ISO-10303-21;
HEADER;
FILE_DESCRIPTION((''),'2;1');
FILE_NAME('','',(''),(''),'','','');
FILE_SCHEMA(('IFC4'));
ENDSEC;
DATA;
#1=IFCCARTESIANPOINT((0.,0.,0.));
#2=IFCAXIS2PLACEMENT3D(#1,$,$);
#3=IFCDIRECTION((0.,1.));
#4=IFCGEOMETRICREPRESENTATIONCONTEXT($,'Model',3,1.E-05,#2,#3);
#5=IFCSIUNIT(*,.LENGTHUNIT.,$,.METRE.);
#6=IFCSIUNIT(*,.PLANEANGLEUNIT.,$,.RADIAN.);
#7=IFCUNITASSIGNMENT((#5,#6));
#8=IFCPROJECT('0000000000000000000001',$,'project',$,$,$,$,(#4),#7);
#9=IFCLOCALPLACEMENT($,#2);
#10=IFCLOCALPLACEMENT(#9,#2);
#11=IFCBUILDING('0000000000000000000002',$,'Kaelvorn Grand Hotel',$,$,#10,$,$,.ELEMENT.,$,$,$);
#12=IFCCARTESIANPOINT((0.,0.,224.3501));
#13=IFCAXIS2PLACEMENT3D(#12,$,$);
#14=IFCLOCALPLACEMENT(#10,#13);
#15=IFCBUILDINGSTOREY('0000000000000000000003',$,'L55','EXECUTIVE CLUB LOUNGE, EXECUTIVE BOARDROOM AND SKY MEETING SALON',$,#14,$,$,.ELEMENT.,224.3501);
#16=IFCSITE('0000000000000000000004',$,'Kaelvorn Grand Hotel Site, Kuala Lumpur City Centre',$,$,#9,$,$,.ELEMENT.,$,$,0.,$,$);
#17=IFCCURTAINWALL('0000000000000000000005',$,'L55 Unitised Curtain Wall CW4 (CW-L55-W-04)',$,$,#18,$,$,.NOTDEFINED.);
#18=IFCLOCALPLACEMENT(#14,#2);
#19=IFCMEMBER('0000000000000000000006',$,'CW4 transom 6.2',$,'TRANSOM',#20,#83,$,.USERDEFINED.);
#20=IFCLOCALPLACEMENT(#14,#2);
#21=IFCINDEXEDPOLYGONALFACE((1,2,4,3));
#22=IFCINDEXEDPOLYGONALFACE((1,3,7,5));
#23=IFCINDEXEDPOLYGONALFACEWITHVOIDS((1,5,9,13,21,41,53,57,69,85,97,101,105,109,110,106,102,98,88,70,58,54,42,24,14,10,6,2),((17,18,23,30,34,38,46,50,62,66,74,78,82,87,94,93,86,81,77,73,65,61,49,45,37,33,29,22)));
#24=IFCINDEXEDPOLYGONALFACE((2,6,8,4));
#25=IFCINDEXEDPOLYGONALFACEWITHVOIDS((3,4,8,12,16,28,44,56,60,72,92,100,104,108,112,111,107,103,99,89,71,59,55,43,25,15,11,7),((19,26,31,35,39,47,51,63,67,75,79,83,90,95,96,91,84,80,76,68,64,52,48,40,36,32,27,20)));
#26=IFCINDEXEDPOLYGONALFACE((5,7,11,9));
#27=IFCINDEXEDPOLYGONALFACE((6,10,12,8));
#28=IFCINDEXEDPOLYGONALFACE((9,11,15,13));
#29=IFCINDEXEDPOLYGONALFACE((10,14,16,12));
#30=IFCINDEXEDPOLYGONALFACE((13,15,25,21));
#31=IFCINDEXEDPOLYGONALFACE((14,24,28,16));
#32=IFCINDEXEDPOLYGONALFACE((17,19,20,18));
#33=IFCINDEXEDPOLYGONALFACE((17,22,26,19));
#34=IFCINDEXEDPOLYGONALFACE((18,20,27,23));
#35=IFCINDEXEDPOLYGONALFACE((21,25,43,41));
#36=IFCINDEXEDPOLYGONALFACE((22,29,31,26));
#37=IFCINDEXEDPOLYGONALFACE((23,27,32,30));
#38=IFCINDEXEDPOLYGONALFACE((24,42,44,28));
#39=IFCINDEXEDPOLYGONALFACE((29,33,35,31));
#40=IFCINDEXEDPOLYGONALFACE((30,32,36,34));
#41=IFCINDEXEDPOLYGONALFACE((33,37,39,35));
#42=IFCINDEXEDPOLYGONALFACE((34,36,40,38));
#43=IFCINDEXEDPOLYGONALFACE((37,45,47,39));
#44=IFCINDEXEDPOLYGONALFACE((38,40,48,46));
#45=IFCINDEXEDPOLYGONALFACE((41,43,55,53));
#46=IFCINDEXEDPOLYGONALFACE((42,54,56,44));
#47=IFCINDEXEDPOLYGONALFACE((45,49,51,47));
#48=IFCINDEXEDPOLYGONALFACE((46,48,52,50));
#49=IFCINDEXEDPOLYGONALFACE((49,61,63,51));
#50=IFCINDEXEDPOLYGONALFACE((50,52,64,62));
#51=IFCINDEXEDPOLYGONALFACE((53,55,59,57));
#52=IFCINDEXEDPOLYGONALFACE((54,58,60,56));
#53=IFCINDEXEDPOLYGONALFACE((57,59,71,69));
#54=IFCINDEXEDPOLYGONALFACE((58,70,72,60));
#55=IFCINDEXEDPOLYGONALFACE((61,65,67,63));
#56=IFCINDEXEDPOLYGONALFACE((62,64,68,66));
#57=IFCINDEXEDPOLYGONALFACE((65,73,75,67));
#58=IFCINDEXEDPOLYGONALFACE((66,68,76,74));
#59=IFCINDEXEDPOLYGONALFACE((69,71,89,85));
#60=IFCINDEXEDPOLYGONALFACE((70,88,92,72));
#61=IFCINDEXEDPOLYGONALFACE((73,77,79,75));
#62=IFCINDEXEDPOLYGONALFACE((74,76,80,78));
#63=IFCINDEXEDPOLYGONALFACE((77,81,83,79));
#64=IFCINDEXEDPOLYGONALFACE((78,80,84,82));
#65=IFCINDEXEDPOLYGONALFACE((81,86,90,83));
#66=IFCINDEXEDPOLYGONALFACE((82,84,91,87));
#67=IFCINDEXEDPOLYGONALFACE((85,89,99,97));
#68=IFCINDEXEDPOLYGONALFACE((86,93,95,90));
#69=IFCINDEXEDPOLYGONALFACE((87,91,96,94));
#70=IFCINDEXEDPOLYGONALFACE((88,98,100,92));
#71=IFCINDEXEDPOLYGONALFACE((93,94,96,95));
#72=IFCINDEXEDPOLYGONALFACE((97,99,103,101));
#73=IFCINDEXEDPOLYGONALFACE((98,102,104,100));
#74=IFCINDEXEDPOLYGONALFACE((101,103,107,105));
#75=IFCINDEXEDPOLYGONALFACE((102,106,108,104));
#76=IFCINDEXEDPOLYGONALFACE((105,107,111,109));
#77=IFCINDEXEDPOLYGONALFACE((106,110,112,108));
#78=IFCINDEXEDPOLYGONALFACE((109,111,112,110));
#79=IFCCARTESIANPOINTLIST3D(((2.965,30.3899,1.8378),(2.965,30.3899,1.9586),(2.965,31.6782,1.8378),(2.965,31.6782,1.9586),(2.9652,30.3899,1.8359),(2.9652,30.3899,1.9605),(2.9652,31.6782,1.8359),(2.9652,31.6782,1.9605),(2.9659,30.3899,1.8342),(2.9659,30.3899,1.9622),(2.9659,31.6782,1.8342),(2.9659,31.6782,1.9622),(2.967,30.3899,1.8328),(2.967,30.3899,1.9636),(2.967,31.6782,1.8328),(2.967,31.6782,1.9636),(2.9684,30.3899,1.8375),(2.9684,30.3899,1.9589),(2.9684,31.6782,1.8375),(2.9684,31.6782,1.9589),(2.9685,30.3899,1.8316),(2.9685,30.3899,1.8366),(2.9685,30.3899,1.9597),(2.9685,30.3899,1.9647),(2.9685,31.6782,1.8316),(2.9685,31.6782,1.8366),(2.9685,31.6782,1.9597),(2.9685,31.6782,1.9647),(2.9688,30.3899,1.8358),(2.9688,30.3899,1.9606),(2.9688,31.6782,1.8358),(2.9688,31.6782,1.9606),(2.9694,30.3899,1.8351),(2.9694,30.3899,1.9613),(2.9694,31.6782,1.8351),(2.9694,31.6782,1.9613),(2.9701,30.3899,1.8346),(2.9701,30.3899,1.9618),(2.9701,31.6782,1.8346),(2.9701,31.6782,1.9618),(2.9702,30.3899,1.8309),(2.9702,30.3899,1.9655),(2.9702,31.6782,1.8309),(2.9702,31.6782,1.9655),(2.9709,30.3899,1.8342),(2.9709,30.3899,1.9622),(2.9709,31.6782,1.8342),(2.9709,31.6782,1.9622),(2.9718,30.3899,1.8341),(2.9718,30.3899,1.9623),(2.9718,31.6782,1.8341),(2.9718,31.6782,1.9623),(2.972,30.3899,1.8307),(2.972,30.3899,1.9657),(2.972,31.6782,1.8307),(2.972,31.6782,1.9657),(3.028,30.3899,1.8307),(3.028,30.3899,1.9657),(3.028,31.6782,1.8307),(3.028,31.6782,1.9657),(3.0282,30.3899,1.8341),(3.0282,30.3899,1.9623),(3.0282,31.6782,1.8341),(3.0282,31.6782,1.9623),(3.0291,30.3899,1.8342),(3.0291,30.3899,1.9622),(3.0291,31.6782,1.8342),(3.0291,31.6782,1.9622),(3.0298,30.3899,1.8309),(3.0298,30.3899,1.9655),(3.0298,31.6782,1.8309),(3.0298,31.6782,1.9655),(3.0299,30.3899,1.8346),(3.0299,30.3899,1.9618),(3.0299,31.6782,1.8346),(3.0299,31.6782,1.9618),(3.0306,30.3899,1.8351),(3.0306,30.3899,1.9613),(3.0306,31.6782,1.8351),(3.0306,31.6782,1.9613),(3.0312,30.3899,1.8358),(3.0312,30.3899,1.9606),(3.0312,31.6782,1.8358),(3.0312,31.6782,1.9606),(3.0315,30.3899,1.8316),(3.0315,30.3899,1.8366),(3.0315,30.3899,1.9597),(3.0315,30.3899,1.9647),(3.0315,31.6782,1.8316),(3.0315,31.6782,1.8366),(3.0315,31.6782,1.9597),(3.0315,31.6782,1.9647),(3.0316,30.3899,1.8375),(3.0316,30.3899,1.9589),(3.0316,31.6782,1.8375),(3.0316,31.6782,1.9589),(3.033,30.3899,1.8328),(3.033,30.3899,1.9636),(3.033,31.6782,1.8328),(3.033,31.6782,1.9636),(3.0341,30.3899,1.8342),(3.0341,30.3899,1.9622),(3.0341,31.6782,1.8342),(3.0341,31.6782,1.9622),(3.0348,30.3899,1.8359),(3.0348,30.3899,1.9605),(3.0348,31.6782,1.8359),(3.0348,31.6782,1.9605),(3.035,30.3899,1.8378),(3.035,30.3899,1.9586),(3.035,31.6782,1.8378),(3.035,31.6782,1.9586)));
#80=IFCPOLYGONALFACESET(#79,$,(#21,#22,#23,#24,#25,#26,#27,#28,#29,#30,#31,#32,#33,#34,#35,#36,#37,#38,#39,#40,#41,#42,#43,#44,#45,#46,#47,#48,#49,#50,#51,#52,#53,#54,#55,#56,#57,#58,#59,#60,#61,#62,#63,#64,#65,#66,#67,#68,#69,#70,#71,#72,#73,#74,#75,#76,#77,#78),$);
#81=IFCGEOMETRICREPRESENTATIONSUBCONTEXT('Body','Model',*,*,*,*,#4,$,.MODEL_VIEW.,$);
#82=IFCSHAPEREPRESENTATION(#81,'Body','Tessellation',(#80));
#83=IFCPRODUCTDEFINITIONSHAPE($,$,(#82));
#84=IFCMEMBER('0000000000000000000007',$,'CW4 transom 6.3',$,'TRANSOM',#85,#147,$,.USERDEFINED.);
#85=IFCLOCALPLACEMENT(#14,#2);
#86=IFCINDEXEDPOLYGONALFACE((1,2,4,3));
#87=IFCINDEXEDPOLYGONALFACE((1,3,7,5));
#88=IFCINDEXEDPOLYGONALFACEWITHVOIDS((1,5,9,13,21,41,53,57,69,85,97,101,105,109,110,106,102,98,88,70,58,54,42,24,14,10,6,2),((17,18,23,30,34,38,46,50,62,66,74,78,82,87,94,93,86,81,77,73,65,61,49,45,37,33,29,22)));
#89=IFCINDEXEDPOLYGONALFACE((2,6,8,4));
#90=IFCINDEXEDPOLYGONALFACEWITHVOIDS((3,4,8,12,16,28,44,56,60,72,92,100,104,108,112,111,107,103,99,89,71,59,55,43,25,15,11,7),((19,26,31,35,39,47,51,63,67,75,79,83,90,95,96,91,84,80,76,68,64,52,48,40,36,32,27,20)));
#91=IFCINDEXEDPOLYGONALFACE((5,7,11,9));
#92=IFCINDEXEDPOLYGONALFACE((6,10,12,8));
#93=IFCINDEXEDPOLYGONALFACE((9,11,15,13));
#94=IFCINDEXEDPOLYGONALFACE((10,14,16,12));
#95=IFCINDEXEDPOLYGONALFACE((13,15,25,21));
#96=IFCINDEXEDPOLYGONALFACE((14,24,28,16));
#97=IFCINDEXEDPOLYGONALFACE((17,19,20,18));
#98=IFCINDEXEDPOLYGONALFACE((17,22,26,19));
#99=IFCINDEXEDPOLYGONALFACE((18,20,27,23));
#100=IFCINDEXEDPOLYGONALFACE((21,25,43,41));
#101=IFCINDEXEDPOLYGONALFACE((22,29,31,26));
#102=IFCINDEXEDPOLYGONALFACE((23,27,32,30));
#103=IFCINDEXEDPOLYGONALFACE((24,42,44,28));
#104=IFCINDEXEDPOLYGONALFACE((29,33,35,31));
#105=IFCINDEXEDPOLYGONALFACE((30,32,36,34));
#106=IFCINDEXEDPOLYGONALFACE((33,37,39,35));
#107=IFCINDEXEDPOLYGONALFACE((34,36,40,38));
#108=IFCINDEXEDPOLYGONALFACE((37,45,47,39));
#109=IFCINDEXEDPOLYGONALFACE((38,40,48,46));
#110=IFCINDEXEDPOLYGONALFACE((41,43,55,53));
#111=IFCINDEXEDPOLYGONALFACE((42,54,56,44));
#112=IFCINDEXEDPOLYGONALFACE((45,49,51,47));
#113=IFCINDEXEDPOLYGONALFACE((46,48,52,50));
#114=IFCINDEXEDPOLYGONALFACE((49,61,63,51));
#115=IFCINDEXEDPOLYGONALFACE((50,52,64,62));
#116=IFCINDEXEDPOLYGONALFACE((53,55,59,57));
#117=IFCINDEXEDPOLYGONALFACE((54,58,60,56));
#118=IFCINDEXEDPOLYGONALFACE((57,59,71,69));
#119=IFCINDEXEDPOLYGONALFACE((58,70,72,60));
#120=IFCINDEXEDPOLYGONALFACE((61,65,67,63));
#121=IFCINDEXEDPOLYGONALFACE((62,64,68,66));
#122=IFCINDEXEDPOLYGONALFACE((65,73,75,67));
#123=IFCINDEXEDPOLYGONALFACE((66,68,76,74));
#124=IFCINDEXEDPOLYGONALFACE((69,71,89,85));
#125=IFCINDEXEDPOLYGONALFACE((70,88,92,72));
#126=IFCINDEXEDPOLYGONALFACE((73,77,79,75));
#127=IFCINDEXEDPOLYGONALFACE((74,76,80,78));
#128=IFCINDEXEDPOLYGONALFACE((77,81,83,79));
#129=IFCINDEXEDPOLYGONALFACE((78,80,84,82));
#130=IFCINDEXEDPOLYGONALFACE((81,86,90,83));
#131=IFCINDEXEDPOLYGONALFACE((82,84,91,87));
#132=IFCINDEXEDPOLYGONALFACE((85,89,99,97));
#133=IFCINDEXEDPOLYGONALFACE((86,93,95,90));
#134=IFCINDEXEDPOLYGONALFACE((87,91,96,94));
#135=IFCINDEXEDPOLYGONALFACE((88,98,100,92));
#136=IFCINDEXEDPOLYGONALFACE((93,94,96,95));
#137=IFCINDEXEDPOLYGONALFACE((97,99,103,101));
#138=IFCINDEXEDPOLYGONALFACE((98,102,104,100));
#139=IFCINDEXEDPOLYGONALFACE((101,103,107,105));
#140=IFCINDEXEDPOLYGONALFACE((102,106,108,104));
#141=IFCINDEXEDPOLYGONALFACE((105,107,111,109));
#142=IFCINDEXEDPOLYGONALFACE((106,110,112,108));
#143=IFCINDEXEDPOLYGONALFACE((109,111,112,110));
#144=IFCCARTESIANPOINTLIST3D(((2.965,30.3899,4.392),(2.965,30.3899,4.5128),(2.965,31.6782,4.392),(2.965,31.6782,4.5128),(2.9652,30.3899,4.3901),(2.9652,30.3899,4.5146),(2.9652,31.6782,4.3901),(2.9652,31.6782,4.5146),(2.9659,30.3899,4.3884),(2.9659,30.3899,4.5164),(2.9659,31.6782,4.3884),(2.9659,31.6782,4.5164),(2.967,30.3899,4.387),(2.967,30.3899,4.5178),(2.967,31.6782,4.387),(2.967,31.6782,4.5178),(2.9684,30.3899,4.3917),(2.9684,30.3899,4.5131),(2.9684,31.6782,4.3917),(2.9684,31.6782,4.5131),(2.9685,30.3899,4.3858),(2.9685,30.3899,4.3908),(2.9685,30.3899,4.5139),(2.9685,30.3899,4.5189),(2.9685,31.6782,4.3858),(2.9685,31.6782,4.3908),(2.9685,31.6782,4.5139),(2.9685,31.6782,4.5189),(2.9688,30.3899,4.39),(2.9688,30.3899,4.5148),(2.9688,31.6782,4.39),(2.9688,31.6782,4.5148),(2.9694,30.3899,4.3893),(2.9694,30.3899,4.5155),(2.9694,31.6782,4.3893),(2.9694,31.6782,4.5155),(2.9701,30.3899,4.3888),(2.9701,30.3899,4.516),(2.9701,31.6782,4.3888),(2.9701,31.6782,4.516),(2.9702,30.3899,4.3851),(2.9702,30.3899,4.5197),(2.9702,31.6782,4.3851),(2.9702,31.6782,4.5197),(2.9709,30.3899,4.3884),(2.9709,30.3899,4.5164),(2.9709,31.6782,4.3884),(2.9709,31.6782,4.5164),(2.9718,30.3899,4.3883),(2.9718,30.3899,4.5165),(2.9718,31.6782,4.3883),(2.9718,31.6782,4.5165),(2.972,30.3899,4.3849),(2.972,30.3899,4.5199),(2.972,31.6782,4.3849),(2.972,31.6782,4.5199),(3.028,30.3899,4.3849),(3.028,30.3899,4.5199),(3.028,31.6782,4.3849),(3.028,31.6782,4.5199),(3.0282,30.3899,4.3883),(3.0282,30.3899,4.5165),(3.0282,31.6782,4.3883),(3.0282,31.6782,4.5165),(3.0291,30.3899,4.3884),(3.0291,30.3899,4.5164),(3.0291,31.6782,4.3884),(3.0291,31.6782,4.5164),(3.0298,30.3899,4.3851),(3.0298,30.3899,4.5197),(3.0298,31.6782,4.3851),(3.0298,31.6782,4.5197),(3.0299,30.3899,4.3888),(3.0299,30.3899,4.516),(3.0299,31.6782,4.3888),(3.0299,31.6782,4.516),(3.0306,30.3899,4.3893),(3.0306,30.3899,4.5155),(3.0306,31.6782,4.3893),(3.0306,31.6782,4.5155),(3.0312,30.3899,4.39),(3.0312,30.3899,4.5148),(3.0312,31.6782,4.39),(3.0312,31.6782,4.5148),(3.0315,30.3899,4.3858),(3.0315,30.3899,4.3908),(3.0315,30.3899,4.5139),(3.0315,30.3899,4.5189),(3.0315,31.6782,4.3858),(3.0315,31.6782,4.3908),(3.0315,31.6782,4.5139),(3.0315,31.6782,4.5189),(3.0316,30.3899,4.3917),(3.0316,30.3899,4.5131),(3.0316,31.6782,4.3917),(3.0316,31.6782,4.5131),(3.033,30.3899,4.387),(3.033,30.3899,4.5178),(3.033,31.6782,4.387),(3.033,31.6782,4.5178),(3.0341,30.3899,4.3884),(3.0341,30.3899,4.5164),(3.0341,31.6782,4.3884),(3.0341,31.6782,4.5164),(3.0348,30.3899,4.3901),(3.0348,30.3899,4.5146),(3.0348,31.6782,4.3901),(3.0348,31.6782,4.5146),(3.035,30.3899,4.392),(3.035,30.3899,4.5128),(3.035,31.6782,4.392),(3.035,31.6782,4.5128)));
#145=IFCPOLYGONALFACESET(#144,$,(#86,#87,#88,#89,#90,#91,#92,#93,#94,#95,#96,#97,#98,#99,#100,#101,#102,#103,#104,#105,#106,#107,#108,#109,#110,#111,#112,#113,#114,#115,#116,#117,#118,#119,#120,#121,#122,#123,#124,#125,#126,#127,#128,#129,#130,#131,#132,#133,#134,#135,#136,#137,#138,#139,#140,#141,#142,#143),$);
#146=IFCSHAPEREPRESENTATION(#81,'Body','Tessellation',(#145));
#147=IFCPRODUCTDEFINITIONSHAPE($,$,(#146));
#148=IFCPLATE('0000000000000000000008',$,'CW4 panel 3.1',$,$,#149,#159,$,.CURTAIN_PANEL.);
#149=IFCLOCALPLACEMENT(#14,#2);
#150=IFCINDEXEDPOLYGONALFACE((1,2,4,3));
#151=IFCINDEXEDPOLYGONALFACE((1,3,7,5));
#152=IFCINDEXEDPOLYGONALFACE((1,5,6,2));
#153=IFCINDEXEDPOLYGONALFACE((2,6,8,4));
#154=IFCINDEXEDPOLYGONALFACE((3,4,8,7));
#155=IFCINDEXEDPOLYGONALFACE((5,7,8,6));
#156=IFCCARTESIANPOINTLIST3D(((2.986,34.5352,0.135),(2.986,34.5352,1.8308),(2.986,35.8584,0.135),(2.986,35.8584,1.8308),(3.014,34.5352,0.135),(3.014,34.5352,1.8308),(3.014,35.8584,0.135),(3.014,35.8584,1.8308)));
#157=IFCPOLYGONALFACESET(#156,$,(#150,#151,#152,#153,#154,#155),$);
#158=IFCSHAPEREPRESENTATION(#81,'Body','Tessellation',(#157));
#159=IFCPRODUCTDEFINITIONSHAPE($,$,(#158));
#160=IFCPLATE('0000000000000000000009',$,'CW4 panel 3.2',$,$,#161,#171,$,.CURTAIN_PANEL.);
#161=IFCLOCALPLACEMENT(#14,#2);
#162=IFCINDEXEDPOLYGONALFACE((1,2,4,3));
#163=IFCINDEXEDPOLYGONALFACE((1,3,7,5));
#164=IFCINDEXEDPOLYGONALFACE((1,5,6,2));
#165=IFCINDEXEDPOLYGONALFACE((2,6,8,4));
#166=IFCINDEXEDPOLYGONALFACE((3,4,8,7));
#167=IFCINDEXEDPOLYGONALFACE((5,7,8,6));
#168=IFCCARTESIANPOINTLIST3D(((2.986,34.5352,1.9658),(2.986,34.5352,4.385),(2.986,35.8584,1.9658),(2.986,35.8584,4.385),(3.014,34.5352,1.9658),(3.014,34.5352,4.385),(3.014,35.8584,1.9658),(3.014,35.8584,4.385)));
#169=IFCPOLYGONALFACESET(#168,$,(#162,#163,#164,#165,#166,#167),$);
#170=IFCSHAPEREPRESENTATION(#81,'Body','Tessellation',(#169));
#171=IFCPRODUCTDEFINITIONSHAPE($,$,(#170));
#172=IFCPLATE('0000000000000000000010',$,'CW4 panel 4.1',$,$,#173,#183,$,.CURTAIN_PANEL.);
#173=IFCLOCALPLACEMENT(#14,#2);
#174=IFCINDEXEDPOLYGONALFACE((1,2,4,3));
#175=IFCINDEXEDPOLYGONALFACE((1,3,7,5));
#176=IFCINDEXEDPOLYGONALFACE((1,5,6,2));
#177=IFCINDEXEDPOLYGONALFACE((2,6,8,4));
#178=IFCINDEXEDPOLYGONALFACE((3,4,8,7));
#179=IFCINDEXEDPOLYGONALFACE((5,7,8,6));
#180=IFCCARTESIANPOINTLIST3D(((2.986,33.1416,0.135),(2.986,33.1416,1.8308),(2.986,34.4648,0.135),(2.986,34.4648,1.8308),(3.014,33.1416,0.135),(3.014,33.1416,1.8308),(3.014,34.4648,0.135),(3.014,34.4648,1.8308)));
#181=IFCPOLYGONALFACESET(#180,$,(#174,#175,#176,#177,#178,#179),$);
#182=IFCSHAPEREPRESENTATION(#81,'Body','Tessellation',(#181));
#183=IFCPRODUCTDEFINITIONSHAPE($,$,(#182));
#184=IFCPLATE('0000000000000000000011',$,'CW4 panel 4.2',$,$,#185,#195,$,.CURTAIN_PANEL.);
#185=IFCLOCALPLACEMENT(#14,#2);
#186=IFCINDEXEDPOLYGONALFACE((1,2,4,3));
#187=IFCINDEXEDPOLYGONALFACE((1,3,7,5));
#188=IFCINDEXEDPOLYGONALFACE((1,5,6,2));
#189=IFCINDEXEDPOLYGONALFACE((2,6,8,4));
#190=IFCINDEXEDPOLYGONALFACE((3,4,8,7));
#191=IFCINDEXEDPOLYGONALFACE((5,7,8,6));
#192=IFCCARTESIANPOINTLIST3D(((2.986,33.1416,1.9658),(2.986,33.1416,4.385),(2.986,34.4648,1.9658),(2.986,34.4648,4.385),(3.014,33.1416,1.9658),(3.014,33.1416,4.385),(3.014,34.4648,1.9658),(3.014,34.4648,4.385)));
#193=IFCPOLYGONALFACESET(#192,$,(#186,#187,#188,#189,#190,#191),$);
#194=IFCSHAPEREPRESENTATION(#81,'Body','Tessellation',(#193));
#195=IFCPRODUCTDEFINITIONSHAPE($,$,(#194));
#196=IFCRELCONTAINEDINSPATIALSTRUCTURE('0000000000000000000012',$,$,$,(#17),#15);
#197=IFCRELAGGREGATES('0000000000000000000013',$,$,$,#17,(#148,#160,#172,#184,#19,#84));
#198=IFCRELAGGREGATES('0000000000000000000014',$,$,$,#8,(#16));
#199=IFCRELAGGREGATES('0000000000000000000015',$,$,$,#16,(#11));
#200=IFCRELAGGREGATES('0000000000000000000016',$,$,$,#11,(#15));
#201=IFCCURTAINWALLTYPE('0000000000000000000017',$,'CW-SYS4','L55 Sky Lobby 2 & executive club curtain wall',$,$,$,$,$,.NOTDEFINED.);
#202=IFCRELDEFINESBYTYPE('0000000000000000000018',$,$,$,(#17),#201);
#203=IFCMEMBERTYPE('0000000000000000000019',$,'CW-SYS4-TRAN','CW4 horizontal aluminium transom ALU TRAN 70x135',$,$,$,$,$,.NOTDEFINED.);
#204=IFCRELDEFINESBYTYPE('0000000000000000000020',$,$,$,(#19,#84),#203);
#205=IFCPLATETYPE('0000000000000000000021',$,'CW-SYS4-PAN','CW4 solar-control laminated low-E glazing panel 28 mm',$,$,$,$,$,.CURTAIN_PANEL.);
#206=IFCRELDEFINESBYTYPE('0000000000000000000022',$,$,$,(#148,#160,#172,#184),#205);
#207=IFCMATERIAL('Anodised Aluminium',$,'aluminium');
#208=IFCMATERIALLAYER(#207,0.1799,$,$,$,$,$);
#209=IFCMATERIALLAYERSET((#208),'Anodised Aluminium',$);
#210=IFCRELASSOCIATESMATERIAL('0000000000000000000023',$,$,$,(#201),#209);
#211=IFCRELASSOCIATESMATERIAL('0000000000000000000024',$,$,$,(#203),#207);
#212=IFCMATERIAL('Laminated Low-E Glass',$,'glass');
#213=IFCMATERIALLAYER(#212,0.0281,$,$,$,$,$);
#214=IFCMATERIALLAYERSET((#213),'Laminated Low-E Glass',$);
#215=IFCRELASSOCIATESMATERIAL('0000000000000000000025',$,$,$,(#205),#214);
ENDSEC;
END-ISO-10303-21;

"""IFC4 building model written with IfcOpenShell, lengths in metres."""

from ifc_helpers import new_model, si_unit, direction, frame, origin, origin_2d, place, context, subcontext, project, spatial, rectangle, hollow_rectangle, extrude, material, layer, layer_set, material_profile, profile_set, type_object, element, aggregate, save


model = new_model("IFC4")

# Units and contexts
model_context = context("Model", 3, precision=1e-05, world=origin(), true_north=direction((0.0, 1.0)))
body_context = subcontext(model_context, "Body", "Model", "MODEL_VIEW")
ifc_project = project(units=[si_unit("LENGTHUNIT", "METRE"), si_unit("PLANEANGLEUNIT", "RADIAN")], contexts=[model_context])

# Site, building, storey
site_placement = place(None, origin())
site = spatial("IfcSite", under=ifc_project, at=site_placement, Name="Kaelvorn Grand Hotel Site, Kuala Lumpur City Centre", CompositionType="ELEMENT", RefElevation=0.0)
building_placement = place(site_placement, origin())
building = spatial("IfcBuilding", under=site, at=building_placement, Name="Kaelvorn Grand Hotel", CompositionType="ELEMENT")
storey_placement = place(building_placement, frame((0.0, 0.0, 224.3501)))
storey = spatial("IfcBuildingStorey", under=building, at=storey_placement, Name="L55", Description="EXECUTIVE CLUB LOUNGE, EXECUTIVE BOARDROOM AND SKY MEETING SALON", CompositionType="ELEMENT", Elevation=224.3501)

# Curtain wall, members, plates
ifc_material_1 = material(Name="Anodised Aluminium", Category="aluminium")
ifc_layer_1 = layer(ifc_material_1, 0.1799)
ifc_layer_set_1 = layer_set([ifc_layer_1], Name="Anodised Aluminium")
curtain_wall_type = type_object("IfcCurtainWallType", Name="CW-SYS4", Description="L55 Sky Lobby 2 & executive club curtain wall", PredefinedType="NOTDEFINED", material=ifc_layer_set_1)
curtain_wall_placement = place(storey_placement, origin())
curtain_wall = element("IfcCurtainWall", 1, at=curtain_wall_placement, inside=storey, type_object=curtain_wall_type, Name="L55 Unitised Curtain Wall CW4 (CW-L55-W-04)", PredefinedType="NOTDEFINED")
ifc_material_profile_1 = material_profile(ifc_material_1, hollow_rectangle(XDim=0.0701, YDim=0.135, WallThickness=0.0034, InnerFilletRadius=0.0034, OuterFilletRadius=0.0071, at=origin_2d()), Name="ALU TRAN 70x135")
ifc_profile_set_1 = profile_set([ifc_material_profile_1], Name="Anodised Aluminium")
member_type_1 = type_object("IfcMemberType", Name="CW-SYS4-TRAN", Description="CW4 horizontal aluminium transom ALU TRAN 70x135", PredefinedType="NOTDEFINED", material=ifc_profile_set_1)
member_1_placement = place(storey_placement, frame((3.0, 31.6782, 1.8982), z_axis=(0.0, -1.0, 0.0), x_axis=(1.0, 0.0, 0.0)))
member_1 = element("IfcMember", 2, at=member_1_placement, type_object=member_type_1, Name="CW4 transom 6.2", ObjectType="TRANSOM", PredefinedType="USERDEFINED", context=body_context, shape_type="SweptSolid", body=[
    extrude(hollow_rectangle(XDim=0.0701, YDim=0.135, WallThickness=0.0034, InnerFilletRadius=0.0034, OuterFilletRadius=0.0071, at=origin_2d()), origin(), (0.0, 0.0, 1.0), 1.2883),
])
member_2_placement = place(storey_placement, frame((3.0, 31.6782, 4.4524), z_axis=(0.0, -1.0, 0.0), x_axis=(1.0, 0.0, 0.0)))
member_2 = element("IfcMember", 3, at=member_2_placement, type_object=member_type_1, Name="CW4 transom 6.3", ObjectType="TRANSOM", PredefinedType="USERDEFINED", context=body_context, shape_type="SweptSolid", body=[
    extrude(hollow_rectangle(XDim=0.0701, YDim=0.135, WallThickness=0.0034, InnerFilletRadius=0.0034, OuterFilletRadius=0.0071, at=origin_2d()), origin(), (0.0, 0.0, 1.0), 1.2883),
])
ifc_material_2 = material(Name="Laminated Low-E Glass", Category="glass")
ifc_layer_2 = layer(ifc_material_2, 0.0281)
ifc_layer_set_2 = layer_set([ifc_layer_2], Name="Laminated Low-E Glass")
plate_type = type_object("IfcPlateType", Name="CW-SYS4-PAN", Description="CW4 solar-control laminated low-E glazing panel 28 mm", PredefinedType="CURTAIN_PANEL", material=ifc_layer_set_2)
plate_1_placement = place(storey_placement, frame((3.0, 35.1968, 0.135), z_axis=(0.0, 0.0, 1.0), x_axis=(0.0, -1.0, 0.0)))
plate_1 = element("IfcPlate", 4, at=plate_1_placement, type_object=plate_type, Name="CW4 panel 3.1", PredefinedType="CURTAIN_PANEL", context=body_context, shape_type="SweptSolid", body=[
    extrude(rectangle(XDim=1.3232, YDim=0.0281, at=origin_2d()), origin(), (0.0, 0.0, 1.0), 1.6958),
])
plate_2_placement = place(storey_placement, frame((3.0, 35.1968, 1.9658), z_axis=(0.0, 0.0, 1.0), x_axis=(0.0, -1.0, 0.0)))
plate_2 = element("IfcPlate", 5, at=plate_2_placement, type_object=plate_type, Name="CW4 panel 3.2", PredefinedType="CURTAIN_PANEL", context=body_context, shape_type="SweptSolid", body=[
    extrude(rectangle(XDim=1.3232, YDim=0.0281, at=origin_2d()), origin(), (0.0, 0.0, 1.0), 2.4192),
])
plate_3_placement = place(storey_placement, frame((3.0, 33.8032, 0.135), z_axis=(0.0, 0.0, 1.0), x_axis=(0.0, -1.0, 0.0)))
plate_3 = element("IfcPlate", 6, at=plate_3_placement, type_object=plate_type, Name="CW4 panel 4.1", PredefinedType="CURTAIN_PANEL", context=body_context, shape_type="SweptSolid", body=[
    extrude(rectangle(XDim=1.3232, YDim=0.0281, at=origin_2d()), origin(), (0.0, 0.0, 1.0), 1.6958),
])
plate_4_placement = place(storey_placement, frame((3.0, 33.8032, 1.9658), z_axis=(0.0, 0.0, 1.0), x_axis=(0.0, -1.0, 0.0)))
plate_4 = element("IfcPlate", 7, at=plate_4_placement, type_object=plate_type, Name="CW4 panel 4.2", PredefinedType="CURTAIN_PANEL", context=body_context, shape_type="SweptSolid", body=[
    extrude(rectangle(XDim=1.3232, YDim=0.0281, at=origin_2d()), origin(), (0.0, 0.0, 1.0), 2.4192),
])
aggregate(curtain_wall, [plate_1, plate_2, plate_3, plate_4, member_1, member_2])

save(model, "model.ifc")
